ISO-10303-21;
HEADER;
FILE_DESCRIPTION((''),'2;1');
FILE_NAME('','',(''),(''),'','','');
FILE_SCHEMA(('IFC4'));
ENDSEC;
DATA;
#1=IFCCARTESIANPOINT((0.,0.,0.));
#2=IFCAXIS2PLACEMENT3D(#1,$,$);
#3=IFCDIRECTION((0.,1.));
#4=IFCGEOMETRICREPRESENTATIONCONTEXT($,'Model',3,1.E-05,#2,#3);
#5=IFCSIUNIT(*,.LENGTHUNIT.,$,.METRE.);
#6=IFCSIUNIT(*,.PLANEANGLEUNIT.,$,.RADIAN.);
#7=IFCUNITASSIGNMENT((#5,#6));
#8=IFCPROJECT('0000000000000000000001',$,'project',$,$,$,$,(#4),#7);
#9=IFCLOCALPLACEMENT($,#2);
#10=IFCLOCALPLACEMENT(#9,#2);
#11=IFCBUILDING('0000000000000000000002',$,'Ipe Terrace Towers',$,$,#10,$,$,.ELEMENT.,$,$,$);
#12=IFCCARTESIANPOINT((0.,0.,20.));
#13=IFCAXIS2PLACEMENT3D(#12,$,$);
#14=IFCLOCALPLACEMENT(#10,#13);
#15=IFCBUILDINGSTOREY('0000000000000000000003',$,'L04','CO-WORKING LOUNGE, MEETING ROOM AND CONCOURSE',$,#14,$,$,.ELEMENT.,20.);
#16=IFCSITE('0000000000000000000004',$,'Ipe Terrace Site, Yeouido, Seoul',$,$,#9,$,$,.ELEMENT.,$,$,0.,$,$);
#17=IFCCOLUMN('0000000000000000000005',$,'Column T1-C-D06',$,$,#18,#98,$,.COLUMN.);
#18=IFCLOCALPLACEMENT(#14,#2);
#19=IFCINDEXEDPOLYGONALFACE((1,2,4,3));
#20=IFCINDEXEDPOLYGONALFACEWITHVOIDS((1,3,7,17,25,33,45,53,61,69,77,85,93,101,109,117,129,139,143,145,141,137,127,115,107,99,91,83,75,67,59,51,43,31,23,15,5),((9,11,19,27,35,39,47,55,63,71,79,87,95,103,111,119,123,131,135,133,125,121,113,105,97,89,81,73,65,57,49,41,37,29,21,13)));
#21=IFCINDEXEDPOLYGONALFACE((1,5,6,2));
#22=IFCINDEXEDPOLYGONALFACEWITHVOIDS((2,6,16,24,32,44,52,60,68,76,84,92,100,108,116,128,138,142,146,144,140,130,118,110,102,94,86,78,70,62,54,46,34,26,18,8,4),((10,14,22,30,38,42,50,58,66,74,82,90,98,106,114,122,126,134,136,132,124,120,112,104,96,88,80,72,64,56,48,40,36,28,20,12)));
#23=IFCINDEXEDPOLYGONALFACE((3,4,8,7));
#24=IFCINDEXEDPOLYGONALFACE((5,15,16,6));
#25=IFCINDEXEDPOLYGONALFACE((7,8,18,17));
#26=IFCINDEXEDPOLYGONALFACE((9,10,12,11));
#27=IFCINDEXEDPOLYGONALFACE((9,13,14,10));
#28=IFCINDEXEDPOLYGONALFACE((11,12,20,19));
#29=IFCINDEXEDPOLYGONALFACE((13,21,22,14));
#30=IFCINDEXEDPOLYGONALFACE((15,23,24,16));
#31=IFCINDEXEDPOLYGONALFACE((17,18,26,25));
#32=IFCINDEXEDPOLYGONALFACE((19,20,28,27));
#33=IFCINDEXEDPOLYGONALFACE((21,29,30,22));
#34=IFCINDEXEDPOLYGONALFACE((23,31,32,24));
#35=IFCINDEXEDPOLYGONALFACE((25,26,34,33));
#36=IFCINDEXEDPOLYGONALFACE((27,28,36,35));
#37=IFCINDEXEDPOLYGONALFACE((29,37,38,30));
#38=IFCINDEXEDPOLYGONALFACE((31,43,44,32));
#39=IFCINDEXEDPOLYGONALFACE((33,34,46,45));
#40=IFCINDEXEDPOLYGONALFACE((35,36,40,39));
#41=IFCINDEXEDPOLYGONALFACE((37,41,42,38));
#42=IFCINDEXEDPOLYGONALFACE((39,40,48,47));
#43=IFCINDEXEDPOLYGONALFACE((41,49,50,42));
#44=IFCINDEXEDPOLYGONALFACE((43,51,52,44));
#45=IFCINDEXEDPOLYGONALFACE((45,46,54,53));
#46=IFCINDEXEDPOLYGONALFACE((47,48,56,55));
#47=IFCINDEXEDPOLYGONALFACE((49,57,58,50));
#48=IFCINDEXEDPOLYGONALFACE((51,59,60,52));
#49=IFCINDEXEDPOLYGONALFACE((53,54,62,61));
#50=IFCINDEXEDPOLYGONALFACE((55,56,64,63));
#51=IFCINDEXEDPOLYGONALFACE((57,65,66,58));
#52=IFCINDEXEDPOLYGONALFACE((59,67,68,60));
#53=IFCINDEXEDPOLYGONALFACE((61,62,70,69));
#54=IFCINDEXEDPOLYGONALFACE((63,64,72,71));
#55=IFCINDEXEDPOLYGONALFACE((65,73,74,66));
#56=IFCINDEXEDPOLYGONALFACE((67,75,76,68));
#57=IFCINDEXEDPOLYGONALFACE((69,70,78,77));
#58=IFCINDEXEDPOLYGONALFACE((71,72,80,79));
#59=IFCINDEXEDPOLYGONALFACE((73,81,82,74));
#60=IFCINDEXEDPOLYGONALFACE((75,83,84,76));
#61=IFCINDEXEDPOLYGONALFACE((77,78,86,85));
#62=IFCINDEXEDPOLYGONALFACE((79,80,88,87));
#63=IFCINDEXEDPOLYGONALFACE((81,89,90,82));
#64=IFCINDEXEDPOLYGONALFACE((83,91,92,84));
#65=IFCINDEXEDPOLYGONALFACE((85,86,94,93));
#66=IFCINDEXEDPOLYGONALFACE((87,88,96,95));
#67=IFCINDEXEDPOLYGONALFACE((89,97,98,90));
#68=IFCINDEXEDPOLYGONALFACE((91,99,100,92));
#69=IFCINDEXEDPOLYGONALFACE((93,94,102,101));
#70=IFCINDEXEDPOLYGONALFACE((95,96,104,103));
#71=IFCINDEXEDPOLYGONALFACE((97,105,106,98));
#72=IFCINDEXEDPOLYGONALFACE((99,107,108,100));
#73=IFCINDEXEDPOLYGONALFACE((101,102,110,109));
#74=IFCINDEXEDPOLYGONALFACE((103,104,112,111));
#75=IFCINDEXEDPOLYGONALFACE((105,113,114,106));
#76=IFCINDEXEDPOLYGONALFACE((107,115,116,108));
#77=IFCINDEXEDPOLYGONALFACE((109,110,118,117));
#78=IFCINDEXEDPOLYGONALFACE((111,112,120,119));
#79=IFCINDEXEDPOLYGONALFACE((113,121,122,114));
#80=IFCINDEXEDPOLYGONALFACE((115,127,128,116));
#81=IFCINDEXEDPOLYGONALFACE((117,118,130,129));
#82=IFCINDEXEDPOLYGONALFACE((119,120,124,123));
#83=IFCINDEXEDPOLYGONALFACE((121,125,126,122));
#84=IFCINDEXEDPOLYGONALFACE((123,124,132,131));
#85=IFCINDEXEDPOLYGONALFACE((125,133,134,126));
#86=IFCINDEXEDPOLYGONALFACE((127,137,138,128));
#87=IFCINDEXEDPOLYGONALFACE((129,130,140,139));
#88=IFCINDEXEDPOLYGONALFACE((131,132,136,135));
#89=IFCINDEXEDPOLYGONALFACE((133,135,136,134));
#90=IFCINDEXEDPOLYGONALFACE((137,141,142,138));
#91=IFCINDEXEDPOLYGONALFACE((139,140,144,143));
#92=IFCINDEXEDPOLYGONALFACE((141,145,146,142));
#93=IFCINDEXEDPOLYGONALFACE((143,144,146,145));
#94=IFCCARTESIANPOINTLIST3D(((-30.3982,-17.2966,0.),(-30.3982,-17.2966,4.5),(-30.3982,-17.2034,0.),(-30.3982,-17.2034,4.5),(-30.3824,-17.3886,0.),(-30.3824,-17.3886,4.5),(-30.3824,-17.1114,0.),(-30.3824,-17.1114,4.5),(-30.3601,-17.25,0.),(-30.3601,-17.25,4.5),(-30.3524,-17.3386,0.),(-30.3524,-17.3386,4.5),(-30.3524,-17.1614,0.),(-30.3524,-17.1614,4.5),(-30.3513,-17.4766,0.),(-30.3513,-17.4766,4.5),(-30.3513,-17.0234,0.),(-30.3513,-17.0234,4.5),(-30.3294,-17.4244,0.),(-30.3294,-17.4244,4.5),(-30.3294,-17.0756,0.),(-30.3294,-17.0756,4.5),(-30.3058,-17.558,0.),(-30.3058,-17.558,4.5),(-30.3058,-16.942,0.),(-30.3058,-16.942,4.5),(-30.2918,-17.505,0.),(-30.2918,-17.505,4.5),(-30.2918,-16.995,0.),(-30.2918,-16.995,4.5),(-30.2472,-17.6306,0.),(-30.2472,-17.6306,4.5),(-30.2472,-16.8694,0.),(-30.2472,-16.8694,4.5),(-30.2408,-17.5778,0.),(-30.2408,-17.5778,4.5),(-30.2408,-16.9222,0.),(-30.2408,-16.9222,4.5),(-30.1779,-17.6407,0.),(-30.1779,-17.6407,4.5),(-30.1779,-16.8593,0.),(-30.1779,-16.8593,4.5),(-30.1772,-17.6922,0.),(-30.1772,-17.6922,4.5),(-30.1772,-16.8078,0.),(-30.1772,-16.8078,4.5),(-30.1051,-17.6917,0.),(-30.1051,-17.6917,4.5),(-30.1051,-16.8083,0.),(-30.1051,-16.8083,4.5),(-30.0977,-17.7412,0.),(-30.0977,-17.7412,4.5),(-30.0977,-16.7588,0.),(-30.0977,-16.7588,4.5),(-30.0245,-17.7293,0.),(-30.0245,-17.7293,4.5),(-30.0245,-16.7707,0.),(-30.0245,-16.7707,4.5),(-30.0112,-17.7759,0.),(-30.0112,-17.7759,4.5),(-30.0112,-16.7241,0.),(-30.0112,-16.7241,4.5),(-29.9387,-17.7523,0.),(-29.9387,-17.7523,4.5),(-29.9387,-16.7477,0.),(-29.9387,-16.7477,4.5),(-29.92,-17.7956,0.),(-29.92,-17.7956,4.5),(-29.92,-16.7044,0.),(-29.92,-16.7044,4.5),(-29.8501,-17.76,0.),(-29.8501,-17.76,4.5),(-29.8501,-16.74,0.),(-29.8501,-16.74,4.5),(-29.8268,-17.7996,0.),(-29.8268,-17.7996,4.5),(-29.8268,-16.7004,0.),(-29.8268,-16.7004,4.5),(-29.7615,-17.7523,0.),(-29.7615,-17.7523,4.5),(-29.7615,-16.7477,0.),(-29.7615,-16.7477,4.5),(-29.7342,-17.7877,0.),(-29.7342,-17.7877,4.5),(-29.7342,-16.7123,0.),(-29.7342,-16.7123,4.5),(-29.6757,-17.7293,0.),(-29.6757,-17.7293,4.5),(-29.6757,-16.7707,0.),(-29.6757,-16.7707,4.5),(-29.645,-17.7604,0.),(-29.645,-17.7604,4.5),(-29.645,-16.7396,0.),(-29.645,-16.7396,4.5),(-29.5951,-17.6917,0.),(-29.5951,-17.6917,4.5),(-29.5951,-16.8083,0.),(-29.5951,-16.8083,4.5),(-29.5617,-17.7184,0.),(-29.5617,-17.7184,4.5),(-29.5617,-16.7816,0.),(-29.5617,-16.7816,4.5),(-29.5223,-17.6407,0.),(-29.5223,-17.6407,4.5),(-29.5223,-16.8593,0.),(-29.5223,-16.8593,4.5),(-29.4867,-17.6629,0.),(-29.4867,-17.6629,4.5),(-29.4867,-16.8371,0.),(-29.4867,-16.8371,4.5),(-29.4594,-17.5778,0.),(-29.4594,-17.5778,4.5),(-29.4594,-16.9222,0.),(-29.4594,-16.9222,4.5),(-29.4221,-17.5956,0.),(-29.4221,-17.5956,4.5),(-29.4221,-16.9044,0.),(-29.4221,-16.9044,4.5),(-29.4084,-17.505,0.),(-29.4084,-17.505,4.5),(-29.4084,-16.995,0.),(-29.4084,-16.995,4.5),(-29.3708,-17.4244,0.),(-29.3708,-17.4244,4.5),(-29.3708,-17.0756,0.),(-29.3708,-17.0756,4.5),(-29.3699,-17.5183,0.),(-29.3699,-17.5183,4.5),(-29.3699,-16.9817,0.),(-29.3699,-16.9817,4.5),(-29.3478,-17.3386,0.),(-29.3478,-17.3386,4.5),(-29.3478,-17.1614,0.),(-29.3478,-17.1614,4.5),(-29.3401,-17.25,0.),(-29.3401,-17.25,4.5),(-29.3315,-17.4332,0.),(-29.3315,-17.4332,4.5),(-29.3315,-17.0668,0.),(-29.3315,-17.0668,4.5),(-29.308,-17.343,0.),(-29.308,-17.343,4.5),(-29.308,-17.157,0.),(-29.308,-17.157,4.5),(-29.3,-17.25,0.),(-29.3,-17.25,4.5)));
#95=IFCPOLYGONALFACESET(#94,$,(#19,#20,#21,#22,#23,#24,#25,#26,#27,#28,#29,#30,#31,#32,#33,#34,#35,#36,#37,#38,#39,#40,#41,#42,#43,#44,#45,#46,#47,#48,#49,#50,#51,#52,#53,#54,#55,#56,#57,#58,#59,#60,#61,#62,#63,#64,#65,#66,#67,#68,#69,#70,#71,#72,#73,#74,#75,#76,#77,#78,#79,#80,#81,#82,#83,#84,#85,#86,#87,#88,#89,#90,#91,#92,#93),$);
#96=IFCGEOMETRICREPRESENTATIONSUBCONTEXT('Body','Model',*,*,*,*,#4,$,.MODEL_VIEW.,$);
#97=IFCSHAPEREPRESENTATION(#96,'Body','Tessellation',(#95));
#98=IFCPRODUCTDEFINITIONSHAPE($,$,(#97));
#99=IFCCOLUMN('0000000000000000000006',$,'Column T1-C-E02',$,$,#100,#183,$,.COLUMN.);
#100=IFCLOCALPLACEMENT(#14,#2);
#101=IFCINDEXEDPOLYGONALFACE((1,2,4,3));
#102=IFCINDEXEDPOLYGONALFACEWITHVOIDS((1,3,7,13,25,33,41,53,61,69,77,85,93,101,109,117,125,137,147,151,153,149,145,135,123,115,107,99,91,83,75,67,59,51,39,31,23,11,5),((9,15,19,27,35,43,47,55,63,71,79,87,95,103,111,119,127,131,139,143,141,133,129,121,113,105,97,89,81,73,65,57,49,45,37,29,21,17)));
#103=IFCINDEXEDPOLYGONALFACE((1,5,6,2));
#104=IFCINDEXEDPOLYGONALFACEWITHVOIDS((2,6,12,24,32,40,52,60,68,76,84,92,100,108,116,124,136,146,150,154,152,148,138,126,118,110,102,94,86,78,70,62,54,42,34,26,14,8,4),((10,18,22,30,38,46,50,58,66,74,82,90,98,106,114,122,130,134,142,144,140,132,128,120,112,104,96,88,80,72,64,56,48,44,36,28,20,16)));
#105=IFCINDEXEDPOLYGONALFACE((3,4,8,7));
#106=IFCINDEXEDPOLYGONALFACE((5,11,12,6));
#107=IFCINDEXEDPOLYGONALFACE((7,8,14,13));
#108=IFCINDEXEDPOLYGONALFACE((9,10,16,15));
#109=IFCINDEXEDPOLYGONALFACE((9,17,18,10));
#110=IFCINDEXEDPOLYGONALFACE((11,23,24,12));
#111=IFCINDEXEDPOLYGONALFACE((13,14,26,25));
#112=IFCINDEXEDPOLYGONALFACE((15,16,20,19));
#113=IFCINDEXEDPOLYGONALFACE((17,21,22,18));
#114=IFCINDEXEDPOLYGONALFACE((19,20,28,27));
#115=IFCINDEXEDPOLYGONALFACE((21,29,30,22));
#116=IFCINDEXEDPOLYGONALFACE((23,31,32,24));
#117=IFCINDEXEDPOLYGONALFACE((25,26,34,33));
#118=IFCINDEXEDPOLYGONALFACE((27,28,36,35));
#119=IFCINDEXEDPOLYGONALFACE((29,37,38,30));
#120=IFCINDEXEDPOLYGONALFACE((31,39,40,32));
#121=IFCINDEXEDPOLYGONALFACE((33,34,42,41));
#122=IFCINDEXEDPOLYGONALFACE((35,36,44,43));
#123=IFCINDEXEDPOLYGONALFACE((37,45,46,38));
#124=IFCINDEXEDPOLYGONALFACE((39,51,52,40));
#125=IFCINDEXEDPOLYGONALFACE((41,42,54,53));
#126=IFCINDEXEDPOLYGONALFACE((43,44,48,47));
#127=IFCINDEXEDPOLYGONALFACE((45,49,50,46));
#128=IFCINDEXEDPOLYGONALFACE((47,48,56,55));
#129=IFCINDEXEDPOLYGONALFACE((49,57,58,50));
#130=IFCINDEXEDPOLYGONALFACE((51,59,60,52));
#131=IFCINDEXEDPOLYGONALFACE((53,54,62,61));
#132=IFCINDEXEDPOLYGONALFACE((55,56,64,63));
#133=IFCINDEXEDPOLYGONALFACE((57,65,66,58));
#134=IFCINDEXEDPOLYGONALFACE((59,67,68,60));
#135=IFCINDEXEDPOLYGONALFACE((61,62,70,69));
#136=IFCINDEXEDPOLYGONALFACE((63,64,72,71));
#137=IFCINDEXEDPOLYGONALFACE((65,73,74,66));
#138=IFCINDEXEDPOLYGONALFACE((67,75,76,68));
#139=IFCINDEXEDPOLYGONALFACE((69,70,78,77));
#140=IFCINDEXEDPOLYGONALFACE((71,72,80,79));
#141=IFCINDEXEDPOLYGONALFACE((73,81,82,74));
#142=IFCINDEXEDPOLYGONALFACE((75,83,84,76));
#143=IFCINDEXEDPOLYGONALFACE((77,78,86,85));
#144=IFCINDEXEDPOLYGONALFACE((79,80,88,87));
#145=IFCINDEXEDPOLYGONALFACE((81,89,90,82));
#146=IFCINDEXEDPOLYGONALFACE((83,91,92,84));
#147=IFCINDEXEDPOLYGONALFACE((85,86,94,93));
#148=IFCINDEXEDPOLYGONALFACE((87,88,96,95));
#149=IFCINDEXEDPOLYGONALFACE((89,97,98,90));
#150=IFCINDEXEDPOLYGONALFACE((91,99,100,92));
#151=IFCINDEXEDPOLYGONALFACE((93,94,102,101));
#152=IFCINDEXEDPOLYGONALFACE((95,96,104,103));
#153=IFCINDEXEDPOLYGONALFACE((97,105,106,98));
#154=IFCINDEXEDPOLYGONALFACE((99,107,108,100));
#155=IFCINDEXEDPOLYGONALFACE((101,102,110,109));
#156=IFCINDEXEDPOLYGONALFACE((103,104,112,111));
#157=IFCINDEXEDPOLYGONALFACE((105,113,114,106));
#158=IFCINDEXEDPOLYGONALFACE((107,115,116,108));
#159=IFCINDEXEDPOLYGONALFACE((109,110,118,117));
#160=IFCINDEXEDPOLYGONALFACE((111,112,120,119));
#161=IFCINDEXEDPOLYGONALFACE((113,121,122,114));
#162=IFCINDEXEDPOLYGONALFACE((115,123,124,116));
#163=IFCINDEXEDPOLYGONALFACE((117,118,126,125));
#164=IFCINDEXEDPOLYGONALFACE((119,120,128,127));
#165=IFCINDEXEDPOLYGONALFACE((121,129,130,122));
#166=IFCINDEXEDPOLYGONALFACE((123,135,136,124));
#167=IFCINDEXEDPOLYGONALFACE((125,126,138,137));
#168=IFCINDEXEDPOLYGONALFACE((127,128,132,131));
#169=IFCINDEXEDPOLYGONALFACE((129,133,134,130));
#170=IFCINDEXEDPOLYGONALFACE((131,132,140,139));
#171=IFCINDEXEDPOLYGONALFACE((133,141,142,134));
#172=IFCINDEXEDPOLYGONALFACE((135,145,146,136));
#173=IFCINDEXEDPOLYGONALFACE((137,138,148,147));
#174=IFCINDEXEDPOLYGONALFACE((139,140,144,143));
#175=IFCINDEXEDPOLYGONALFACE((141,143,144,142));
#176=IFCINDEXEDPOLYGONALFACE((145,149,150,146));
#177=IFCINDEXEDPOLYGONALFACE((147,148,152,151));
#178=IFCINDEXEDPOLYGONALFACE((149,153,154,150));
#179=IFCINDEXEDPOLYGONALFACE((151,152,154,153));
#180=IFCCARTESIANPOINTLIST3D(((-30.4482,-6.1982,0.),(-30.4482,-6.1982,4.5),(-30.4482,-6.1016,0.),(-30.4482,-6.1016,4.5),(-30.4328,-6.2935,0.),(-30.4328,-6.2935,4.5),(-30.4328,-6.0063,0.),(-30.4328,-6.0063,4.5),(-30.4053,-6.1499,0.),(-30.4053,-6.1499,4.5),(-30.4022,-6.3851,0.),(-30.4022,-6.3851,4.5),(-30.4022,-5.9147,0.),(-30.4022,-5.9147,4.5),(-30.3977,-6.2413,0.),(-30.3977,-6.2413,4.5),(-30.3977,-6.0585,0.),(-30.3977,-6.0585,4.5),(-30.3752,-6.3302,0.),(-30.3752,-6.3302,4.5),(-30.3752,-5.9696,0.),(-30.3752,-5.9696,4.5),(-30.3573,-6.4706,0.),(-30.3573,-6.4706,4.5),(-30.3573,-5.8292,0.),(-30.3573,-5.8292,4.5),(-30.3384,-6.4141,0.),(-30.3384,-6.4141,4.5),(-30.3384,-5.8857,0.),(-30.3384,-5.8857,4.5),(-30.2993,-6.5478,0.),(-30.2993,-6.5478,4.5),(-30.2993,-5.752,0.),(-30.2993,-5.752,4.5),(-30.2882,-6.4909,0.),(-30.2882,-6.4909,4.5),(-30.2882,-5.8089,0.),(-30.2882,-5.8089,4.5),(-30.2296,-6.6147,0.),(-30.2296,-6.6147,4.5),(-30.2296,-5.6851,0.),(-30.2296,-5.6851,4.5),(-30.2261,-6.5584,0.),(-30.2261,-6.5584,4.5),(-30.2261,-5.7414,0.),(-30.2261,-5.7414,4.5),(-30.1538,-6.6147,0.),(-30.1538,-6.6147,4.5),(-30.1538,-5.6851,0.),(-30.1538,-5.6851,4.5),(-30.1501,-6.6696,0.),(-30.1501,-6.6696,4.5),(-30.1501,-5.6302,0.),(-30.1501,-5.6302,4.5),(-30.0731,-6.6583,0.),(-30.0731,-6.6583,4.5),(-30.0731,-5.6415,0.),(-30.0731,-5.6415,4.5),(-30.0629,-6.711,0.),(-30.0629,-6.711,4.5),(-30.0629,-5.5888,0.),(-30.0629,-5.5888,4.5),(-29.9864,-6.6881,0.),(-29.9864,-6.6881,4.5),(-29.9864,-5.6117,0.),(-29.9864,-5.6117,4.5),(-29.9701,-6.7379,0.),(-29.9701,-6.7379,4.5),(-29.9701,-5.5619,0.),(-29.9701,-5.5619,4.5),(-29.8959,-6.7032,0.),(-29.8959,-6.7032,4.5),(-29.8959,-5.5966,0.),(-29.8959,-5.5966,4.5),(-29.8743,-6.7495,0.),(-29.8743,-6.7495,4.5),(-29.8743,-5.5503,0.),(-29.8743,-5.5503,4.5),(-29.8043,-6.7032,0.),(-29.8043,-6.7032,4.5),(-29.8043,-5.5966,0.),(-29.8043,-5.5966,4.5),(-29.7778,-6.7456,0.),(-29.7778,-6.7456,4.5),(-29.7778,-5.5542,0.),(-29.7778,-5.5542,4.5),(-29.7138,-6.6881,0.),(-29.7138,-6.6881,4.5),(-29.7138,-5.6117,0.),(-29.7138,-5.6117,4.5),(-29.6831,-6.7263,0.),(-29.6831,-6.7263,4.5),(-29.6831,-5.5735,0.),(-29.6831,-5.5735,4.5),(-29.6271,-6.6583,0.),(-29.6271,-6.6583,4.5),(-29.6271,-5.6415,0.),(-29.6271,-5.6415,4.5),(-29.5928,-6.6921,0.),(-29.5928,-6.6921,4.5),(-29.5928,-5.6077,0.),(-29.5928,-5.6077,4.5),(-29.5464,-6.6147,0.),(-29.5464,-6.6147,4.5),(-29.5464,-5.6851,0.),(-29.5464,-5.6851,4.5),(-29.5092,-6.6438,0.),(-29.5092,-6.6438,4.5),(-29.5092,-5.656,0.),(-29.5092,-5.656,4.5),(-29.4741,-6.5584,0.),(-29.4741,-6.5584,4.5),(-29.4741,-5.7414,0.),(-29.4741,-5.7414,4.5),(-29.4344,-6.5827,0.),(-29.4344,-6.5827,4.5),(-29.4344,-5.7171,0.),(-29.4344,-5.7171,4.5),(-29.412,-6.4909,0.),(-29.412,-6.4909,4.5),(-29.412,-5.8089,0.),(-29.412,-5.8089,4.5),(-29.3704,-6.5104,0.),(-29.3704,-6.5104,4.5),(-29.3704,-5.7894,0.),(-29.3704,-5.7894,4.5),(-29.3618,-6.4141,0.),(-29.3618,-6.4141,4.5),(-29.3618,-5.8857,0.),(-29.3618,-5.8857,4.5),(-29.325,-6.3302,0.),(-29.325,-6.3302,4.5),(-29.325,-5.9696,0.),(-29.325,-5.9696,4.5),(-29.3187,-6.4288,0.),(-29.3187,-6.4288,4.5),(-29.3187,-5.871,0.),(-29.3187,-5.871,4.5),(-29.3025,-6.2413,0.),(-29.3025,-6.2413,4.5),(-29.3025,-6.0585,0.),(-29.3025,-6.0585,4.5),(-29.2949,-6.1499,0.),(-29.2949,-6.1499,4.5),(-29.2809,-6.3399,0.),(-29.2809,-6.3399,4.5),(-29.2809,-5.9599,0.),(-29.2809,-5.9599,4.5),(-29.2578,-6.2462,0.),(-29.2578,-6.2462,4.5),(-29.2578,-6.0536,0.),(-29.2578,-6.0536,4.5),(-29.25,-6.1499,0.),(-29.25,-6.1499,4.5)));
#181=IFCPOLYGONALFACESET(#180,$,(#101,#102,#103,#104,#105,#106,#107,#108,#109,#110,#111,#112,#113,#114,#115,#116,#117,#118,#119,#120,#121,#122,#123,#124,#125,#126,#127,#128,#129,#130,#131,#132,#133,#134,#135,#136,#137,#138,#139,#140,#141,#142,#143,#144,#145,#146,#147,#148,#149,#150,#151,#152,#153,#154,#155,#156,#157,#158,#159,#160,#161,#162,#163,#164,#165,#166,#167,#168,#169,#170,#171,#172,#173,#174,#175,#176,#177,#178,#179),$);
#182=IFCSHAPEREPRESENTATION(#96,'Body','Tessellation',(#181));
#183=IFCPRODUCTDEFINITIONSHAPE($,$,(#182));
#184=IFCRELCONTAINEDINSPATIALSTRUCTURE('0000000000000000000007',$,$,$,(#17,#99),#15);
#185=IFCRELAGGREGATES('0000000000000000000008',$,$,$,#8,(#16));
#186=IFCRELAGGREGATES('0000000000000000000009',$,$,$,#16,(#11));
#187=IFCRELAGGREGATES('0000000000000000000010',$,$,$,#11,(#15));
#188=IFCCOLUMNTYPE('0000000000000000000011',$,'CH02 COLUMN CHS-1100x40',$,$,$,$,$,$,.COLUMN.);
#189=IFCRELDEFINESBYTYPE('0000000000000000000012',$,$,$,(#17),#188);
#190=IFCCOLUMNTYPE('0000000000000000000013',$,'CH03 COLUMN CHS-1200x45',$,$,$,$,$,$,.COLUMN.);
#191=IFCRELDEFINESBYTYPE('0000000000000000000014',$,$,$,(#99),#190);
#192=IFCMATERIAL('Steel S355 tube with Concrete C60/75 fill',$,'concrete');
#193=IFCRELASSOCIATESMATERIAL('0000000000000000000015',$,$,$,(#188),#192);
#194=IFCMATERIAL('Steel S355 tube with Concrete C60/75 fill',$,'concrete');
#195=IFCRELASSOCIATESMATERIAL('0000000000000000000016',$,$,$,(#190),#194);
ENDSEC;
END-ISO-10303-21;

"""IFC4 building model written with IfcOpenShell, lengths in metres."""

from ifc_helpers import new_model, si_unit, direction, frame, origin, origin_2d, place, context, subcontext, project, spatial, hollow_circle, extrude, material, material_profile, profile_set, type_object, element, save


model = new_model("IFC4")

# Units and contexts
model_context = context("Model", 3, precision=1e-05, world=origin(), true_north=direction((0.0, 1.0)))
body_context = subcontext(model_context, "Body", "Model", "MODEL_VIEW")
ifc_project = project(units=[si_unit("LENGTHUNIT", "METRE"), si_unit("PLANEANGLEUNIT", "RADIAN")], contexts=[model_context])

# Site, building, storey
site_placement = place(None, origin())
site = spatial("IfcSite", under=ifc_project, at=site_placement, Name="Ipe Terrace Site, Yeouido, Seoul", CompositionType="ELEMENT", RefElevation=0.0)
building_placement = place(site_placement, origin())
building = spatial("IfcBuilding", under=site, at=building_placement, Name="Ipe Terrace Towers", CompositionType="ELEMENT")
storey_placement = place(building_placement, frame((0.0, 0.0, 20.0)))
storey = spatial("IfcBuildingStorey", under=building, at=storey_placement, Name="L04", Description="CO-WORKING LOUNGE, MEETING ROOM AND CONCOURSE", CompositionType="ELEMENT", Elevation=20.0)

# Columns
ifc_material_1 = material(Name="Steel S355 tube with Concrete C60/75 fill", Category="concrete")
ifc_material_profile_1 = material_profile(ifc_material_1, hollow_circle(Radius=0.55, WallThickness=0.04, at=origin_2d()), Name="CHS-1100x40")
ifc_profile_set_1 = profile_set([ifc_material_profile_1], Name="Steel S355 tube with Concrete C60/75 fill")
column_type_1 = type_object("IfcColumnType", Name="CH02 COLUMN CHS-1100x40", PredefinedType="COLUMN", material=ifc_profile_set_1)
for number, where, z_axis, x_axis, name in (
    (1, (-29.8501, -17.25, 0.0), (0.0, 0.0, 1.0), (1.0, 0.0, 0.0), "Column T1-C-D06"),
):
    element("IfcColumn", number, at=place(storey_placement, frame(where, z_axis=z_axis, x_axis=x_axis)), inside=storey, type_object=column_type_1, Name=name, PredefinedType="COLUMN", context=body_context, shape_type="SweptSolid", body=[
        extrude(hollow_circle(Radius=0.55, WallThickness=0.04, at=origin_2d()), origin(), (0.0, 0.0, 1.0), 4.5),
    ])
ifc_material_2 = material(Name="Steel S355 tube with Concrete C60/75 fill", Category="concrete")
ifc_material_profile_2 = material_profile(ifc_material_2, hollow_circle(Radius=0.6001, WallThickness=0.0449, at=origin_2d()), Name="CHS-1200x45")
ifc_profile_set_2 = profile_set([ifc_material_profile_2], Name="Steel S355 tube with Concrete C60/75 fill")
column_type_2 = type_object("IfcColumnType", Name="CH03 COLUMN CHS-1200x45", PredefinedType="COLUMN", material=ifc_profile_set_2)
column_1_placement = place(storey_placement, frame((-29.8501, -6.1499, 0.0), z_axis=(0.0, 0.0, 1.0), x_axis=(1.0, 0.0, 0.0)))
element("IfcColumn", 2, at=column_1_placement, inside=storey, type_object=column_type_2, Name="Column T1-C-E02", PredefinedType="COLUMN", context=body_context, shape_type="SweptSolid", body=[
    extrude(hollow_circle(Radius=0.6001, WallThickness=0.0449, at=origin_2d()), origin(), (0.0, 0.0, 1.0), 4.5),
])

save(model, "model.ifc")
